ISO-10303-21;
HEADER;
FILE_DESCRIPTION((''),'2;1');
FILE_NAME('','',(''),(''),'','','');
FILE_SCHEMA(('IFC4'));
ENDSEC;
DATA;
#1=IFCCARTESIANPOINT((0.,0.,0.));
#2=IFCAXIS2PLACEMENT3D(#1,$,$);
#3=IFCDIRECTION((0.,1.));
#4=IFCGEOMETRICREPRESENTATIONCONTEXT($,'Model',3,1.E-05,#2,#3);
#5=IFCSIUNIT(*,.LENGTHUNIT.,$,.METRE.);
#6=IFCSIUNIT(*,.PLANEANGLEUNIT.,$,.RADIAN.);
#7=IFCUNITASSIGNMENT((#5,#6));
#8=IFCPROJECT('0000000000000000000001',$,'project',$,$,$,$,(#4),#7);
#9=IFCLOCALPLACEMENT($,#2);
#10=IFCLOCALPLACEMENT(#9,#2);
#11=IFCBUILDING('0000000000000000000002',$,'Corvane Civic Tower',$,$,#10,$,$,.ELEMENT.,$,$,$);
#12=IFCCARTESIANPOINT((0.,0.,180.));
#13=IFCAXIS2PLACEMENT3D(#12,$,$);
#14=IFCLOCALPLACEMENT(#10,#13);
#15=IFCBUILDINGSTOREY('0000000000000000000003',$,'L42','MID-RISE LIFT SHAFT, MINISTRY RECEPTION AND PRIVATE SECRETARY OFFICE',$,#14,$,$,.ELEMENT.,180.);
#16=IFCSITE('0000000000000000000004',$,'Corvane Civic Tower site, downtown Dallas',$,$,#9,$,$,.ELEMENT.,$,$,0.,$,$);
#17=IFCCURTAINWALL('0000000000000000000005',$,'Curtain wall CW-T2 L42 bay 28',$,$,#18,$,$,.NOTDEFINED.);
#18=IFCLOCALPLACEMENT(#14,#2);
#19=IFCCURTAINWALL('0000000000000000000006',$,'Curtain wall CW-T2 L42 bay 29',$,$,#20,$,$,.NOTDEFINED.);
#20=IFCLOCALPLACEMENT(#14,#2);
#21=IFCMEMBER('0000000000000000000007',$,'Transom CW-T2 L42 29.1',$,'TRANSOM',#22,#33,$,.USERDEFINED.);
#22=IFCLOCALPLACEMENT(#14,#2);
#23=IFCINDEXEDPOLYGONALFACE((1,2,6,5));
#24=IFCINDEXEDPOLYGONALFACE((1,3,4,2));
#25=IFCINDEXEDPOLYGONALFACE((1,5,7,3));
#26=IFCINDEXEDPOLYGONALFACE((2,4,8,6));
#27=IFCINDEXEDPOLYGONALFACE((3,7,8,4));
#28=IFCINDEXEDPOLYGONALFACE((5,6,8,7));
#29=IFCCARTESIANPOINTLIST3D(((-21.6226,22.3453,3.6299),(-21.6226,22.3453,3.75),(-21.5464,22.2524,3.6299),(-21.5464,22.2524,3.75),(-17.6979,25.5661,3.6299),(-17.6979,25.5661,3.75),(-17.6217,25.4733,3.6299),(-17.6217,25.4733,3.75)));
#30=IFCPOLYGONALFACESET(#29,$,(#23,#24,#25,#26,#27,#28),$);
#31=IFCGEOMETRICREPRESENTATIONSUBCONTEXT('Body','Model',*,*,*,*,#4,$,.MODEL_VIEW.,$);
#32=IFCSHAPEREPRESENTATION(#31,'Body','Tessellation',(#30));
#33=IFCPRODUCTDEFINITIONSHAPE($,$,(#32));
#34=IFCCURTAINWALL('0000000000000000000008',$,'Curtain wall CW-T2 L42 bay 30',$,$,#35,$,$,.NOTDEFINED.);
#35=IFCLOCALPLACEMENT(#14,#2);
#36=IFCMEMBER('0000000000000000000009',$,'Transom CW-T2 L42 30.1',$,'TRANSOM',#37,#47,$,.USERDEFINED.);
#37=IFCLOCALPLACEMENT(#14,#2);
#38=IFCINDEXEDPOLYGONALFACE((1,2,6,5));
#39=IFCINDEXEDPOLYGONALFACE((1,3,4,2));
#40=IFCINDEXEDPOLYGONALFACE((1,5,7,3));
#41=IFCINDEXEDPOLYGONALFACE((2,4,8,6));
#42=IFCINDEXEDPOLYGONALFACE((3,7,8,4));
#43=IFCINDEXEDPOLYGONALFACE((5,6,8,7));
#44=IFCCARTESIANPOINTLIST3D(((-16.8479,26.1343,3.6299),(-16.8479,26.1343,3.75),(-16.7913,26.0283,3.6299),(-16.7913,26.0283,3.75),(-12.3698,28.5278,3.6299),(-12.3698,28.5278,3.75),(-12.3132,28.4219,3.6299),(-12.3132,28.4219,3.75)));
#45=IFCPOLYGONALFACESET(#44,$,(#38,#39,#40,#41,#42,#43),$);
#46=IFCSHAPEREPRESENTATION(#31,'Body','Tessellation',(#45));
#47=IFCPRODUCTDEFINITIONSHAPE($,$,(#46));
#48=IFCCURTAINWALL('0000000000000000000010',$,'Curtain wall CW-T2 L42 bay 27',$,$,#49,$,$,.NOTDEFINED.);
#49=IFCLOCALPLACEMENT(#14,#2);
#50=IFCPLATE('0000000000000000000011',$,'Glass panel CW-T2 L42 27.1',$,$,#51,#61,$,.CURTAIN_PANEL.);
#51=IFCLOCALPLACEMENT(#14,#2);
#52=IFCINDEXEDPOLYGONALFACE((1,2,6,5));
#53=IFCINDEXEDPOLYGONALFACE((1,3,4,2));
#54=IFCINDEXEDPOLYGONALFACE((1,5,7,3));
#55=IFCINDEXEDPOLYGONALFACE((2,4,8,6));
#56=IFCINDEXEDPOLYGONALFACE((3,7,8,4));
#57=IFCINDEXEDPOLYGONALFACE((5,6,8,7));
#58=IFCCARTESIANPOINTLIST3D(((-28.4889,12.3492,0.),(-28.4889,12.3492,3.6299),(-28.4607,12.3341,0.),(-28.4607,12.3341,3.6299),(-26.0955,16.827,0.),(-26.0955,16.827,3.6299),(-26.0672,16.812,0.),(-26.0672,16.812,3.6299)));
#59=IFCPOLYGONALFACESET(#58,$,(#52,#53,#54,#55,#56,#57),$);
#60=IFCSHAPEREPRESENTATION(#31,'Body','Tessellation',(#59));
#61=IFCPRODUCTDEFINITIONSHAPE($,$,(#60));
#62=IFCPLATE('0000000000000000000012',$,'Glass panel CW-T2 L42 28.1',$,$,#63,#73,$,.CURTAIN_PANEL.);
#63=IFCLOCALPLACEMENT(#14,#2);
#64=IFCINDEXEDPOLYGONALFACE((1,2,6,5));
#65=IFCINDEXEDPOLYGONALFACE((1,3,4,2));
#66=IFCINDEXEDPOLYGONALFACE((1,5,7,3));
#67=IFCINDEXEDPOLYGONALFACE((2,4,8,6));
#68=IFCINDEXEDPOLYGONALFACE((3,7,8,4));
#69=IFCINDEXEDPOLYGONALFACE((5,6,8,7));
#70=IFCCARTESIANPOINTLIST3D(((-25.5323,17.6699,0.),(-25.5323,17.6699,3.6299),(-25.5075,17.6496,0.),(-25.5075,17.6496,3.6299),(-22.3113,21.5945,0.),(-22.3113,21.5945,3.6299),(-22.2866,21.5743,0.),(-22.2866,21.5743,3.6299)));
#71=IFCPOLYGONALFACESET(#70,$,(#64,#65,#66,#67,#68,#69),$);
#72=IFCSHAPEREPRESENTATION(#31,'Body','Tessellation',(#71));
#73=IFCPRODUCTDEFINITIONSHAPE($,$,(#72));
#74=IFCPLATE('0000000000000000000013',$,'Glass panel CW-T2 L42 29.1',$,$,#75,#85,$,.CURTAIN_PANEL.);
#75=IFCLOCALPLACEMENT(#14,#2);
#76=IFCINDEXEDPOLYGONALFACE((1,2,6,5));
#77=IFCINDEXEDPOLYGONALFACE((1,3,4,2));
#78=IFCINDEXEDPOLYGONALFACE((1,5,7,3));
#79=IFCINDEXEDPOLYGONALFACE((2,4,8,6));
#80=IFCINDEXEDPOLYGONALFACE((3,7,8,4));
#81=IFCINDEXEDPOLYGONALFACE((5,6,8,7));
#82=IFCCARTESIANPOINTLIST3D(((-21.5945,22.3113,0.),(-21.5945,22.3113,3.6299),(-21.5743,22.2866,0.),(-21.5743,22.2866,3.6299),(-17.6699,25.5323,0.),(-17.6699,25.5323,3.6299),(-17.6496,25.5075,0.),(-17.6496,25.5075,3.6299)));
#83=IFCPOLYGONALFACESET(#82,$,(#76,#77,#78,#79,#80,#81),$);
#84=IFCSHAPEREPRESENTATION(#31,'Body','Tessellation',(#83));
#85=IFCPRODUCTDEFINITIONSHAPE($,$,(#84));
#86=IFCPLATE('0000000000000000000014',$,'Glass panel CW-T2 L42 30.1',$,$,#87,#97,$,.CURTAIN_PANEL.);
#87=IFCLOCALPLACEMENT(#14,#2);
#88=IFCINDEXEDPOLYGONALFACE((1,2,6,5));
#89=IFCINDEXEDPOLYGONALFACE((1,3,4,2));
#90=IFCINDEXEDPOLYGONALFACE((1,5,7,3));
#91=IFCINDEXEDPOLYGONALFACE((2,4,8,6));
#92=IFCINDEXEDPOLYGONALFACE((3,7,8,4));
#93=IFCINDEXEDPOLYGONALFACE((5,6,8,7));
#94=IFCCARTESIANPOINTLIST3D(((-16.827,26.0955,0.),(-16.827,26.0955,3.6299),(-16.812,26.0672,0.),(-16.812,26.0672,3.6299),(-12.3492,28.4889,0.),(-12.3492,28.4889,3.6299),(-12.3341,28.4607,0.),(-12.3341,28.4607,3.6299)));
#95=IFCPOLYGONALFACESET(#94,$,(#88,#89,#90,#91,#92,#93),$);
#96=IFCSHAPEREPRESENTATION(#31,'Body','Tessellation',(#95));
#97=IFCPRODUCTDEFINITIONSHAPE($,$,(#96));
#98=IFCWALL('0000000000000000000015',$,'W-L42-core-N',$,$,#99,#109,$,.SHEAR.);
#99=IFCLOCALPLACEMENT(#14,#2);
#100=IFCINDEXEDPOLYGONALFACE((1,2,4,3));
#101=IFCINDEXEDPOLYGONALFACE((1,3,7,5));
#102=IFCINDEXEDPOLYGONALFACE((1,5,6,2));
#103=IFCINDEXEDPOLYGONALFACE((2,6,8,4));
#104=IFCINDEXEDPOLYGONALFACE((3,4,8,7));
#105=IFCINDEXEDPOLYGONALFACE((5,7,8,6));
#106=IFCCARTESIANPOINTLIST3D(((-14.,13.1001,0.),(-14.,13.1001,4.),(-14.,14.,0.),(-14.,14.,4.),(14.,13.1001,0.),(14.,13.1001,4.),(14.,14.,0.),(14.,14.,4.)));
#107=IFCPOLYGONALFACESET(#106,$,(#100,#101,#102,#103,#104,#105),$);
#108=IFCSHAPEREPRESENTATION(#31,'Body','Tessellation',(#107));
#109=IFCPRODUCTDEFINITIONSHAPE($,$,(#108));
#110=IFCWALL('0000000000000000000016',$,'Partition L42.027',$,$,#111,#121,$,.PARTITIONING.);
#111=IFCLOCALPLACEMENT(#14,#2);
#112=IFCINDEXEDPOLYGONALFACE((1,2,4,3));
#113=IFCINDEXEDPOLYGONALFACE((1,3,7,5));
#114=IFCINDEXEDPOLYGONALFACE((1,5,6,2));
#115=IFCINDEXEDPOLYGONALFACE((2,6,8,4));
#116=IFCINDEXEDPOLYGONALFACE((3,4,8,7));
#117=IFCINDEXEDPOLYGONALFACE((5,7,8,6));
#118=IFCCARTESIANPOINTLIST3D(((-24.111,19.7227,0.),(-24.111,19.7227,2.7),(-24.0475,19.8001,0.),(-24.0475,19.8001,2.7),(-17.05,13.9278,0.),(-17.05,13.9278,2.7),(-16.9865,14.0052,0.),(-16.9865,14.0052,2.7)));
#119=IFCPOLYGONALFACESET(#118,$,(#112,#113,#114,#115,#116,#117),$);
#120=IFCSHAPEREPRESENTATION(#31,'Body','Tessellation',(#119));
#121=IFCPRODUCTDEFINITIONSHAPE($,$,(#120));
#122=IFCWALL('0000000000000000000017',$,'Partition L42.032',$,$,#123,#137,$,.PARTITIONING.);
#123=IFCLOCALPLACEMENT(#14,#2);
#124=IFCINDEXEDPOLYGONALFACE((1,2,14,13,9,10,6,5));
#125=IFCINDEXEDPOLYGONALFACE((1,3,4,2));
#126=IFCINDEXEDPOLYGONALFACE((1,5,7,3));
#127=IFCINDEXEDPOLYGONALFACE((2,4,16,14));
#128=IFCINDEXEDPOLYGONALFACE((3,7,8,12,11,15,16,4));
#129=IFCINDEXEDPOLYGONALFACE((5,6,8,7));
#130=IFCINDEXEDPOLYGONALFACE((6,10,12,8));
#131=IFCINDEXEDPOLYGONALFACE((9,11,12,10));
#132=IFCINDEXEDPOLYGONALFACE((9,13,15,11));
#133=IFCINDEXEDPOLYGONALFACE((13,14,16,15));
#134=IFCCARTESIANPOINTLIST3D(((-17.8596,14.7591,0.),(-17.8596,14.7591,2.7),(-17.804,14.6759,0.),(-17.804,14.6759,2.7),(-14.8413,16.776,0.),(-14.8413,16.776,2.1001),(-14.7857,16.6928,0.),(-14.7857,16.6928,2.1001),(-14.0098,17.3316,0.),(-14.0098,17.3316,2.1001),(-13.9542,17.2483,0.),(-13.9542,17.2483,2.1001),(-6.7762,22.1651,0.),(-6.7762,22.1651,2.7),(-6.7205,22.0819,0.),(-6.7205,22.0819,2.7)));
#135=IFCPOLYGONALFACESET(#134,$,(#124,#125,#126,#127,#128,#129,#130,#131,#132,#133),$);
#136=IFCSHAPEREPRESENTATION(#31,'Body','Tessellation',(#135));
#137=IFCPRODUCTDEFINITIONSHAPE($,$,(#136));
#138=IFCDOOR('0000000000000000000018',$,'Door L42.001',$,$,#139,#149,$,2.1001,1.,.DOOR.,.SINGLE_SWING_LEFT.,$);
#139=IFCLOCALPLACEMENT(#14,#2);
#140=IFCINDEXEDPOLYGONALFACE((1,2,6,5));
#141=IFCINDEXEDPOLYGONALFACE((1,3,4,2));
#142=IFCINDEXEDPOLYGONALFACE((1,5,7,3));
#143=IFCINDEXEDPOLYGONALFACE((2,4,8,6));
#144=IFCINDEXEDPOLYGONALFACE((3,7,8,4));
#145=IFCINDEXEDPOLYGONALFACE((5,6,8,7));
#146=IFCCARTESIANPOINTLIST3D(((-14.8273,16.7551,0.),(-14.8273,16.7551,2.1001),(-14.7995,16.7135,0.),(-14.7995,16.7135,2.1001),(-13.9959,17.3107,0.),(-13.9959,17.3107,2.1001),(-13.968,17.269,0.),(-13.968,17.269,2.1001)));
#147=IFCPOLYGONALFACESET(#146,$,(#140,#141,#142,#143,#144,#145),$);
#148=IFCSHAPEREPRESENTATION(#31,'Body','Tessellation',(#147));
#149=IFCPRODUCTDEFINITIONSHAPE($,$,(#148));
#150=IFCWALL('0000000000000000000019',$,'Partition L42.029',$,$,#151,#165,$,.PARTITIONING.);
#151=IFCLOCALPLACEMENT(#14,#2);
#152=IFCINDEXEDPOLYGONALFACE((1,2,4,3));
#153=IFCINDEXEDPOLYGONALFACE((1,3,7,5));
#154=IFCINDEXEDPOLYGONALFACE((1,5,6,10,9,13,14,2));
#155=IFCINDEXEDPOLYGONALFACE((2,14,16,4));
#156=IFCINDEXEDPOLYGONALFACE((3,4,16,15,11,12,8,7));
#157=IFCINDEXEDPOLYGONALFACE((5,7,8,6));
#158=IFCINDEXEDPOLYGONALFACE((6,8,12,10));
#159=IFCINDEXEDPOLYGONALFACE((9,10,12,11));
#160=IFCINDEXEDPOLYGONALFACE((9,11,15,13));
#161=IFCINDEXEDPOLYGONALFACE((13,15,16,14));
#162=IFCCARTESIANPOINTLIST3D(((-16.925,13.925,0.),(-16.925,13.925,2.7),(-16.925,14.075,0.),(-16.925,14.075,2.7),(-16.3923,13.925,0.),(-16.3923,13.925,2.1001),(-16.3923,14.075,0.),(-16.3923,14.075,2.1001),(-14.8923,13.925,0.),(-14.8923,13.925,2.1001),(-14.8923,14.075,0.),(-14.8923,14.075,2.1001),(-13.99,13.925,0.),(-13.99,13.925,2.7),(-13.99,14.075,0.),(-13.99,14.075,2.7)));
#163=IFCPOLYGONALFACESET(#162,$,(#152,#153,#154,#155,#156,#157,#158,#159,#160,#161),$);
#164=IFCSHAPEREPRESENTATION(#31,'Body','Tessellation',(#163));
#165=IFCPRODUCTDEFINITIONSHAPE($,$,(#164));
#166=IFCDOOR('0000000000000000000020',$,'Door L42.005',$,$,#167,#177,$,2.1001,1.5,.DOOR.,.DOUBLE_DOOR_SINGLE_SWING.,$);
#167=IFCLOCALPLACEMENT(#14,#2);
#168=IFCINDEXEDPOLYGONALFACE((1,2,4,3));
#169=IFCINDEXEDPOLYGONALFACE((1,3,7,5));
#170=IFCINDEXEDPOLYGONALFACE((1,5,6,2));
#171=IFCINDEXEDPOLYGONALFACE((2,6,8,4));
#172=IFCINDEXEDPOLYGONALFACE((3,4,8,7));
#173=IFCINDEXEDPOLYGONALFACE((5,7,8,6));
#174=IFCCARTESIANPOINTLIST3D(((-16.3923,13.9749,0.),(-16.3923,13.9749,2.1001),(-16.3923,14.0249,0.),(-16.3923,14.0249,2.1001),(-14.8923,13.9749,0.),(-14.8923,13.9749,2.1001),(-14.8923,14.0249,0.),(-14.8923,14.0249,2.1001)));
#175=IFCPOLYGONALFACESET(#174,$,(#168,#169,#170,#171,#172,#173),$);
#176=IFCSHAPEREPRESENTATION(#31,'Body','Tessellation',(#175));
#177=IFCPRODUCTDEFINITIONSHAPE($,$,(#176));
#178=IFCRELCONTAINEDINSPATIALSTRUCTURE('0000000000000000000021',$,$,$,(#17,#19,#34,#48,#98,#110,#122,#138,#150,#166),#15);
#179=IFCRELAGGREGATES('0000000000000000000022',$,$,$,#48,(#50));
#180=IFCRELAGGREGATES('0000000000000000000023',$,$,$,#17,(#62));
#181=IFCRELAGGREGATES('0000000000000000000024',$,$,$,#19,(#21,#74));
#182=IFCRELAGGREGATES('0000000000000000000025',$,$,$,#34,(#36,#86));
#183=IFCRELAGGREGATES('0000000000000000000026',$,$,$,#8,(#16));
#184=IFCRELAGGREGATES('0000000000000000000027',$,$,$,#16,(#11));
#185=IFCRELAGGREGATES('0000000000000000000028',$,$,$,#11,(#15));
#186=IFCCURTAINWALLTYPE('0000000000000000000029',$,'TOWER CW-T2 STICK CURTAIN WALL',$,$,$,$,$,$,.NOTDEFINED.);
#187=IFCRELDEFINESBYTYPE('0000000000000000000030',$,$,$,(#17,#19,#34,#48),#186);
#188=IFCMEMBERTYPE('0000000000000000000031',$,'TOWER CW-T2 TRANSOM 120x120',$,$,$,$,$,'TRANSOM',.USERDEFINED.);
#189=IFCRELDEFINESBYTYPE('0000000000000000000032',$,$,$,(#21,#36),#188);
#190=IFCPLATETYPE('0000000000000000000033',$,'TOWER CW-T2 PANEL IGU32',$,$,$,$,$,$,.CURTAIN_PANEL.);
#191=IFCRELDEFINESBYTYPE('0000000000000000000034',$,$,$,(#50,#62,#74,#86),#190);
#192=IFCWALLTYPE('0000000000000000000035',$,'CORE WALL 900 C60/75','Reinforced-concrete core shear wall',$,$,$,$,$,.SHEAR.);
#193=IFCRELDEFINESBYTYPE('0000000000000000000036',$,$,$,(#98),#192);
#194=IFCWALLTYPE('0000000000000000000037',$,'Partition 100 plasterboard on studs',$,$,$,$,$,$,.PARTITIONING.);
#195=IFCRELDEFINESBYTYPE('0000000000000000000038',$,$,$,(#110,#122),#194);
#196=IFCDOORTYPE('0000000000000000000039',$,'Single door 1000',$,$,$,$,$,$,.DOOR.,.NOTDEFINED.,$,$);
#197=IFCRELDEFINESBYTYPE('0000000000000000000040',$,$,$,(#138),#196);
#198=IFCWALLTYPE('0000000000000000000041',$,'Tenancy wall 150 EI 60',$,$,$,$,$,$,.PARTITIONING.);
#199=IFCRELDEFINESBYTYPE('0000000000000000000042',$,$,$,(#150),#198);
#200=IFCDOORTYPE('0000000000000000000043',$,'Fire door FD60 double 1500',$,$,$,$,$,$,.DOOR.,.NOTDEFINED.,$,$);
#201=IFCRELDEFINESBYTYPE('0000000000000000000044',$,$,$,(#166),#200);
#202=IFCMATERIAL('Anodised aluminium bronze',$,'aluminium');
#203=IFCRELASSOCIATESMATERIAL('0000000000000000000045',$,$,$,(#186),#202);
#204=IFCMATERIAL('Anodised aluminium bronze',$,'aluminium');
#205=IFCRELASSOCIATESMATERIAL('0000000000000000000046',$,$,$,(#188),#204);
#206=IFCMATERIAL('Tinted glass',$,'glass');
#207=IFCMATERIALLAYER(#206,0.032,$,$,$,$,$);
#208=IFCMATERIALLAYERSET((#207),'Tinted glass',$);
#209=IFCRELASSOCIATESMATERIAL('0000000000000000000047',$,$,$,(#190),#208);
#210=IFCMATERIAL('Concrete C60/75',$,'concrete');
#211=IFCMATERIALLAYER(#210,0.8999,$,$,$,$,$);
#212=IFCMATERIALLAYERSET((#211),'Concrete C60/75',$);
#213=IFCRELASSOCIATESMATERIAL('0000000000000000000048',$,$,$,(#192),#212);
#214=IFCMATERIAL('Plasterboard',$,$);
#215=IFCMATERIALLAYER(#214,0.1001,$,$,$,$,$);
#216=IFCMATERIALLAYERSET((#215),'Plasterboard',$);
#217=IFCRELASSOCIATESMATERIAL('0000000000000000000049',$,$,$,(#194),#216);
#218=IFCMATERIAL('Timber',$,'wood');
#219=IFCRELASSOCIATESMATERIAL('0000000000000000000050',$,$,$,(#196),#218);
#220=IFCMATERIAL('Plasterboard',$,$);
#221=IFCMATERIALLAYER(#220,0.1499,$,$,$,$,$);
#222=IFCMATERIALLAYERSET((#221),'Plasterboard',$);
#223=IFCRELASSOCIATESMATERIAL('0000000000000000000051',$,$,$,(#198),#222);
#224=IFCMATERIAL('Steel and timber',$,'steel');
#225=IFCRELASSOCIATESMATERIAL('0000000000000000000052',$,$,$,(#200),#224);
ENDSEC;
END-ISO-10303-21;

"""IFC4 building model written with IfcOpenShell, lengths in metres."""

from ifc_helpers import new_model, si_unit, direction, frame, frame_2d, origin, origin_2d, place, context, subcontext, project, spatial, rectangle, extrude, material, layer, layer_set, material_profile, profile_set, type_object, element, fill, aggregate, save


model = new_model("IFC4")

# Units and contexts
model_context = context("Model", 3, precision=1e-05, world=origin(), true_north=direction((0.0, 1.0)))
body_context = subcontext(model_context, "Body", "Model", "MODEL_VIEW")
ifc_project = project(units=[si_unit("LENGTHUNIT", "METRE"), si_unit("PLANEANGLEUNIT", "RADIAN")], contexts=[model_context])

# Site, building, storey
site_placement = place(None, origin())
site = spatial("IfcSite", under=ifc_project, at=site_placement, Name="Corvane Civic Tower site, downtown Dallas", CompositionType="ELEMENT", RefElevation=0.0)
building_placement = place(site_placement, origin())
building = spatial("IfcBuilding", under=site, at=building_placement, Name="Corvane Civic Tower", CompositionType="ELEMENT")
storey_placement = place(building_placement, frame((0.0, 0.0, 180.0)))
storey = spatial("IfcBuildingStorey", under=building, at=storey_placement, Name="L42", Description="MID-RISE LIFT SHAFT, MINISTRY RECEPTION AND PRIVATE SECRETARY OFFICE", CompositionType="ELEMENT", Elevation=180.0)

# Curtain walls, members
ifc_material_1 = material(Name="Anodised aluminium bronze", Category="aluminium")
curtain_wall_type = type_object("IfcCurtainWallType", Name="TOWER CW-T2 STICK CURTAIN WALL", PredefinedType="NOTDEFINED", material=ifc_material_1)
curtain_wall_1_placement = place(storey_placement, origin())
curtain_wall_1 = element("IfcCurtainWall", 1, at=curtain_wall_1_placement, inside=storey, type_object=curtain_wall_type, Name="Curtain wall CW-T2 L42 bay 28", PredefinedType="NOTDEFINED")
ifc_material_2 = material(Name="Anodised aluminium bronze", Category="aluminium")
ifc_material_profile_1 = material_profile(ifc_material_2, rectangle(XDim=0.1201, YDim=0.1201, at=origin_2d()), Name="TOWER CW-T2 TRANSOM 120x120")
ifc_profile_set_1 = profile_set([ifc_material_profile_1], Name="Anodised aluminium bronze")
member_type = type_object("IfcMemberType", Name="TOWER CW-T2 TRANSOM 120x120", ElementType="TRANSOM", PredefinedType="USERDEFINED", material=ifc_profile_set_1)
curtain_wall_2_placement = place(storey_placement, origin())
curtain_wall_2 = element("IfcCurtainWall", 2, at=curtain_wall_2_placement, inside=storey, type_object=curtain_wall_type, Name="Curtain wall CW-T2 L42 bay 29", PredefinedType="NOTDEFINED")
member_1_placement = place(storey_placement, frame((-21.5845, 22.2988, 3.6899), z_axis=(0.773016, 0.634387, 0.0), x_axis=(-0.634387, 0.773016, 0.0)))
member_1 = element("IfcMember", 3, at=member_1_placement, type_object=member_type, Name="Transom CW-T2 L42 29.1", ObjectType="TRANSOM", PredefinedType="USERDEFINED", context=body_context, shape_type="SweptSolid", body=[
    extrude(rectangle(XDim=0.1201, YDim=0.1201, at=origin_2d()), origin(), (0.0, 0.0, 1.0), 5.0771),
])
curtain_wall_3_placement = place(storey_placement, origin())
curtain_wall_3 = element("IfcCurtainWall", 4, at=curtain_wall_3_placement, inside=storey, type_object=curtain_wall_type, Name="Curtain wall CW-T2 L42 bay 30", PredefinedType="NOTDEFINED")
member_2_placement = place(storey_placement, frame((-16.8196, 26.0813, 3.6899), z_axis=(0.881921, 0.471397, 0.0), x_axis=(-0.471397, 0.881921, 0.0)))
member_2 = element("IfcMember", 5, at=member_2_placement, type_object=member_type, Name="Transom CW-T2 L42 30.1", ObjectType="TRANSOM", PredefinedType="USERDEFINED", context=body_context, shape_type="SweptSolid", body=[
    extrude(rectangle(XDim=0.1201, YDim=0.1201, at=origin_2d()), origin(), (0.0, 0.0, 1.0), 5.0776),
])

# Curtain wall, plate
curtain_wall_4_placement = place(storey_placement, origin())
curtain_wall_4 = element("IfcCurtainWall", 6, at=curtain_wall_4_placement, inside=storey, type_object=curtain_wall_type, Name="Curtain wall CW-T2 L42 bay 27", PredefinedType="NOTDEFINED")
ifc_material_3 = material(Name="Tinted glass", Category="glass")
ifc_layer_1 = layer(ifc_material_3, 0.032)
ifc_layer_set_1 = layer_set([ifc_layer_1], Name="Tinted glass")
plate_type = type_object("IfcPlateType", Name="TOWER CW-T2 PANEL IGU32", PredefinedType="CURTAIN_PANEL", material=ifc_layer_set_1)
plate_1_placement = place(storey_placement, frame((-27.2781, 14.5806, 0.0), z_axis=(0.0, 0.0, 1.0), x_axis=(0.471395, 0.881922, 0.0)))
plate_1 = element("IfcPlate", 7, at=plate_1_placement, type_object=plate_type, Name="Glass panel CW-T2 L42 27.1", PredefinedType="CURTAIN_PANEL", context=body_context, shape_type="SweptSolid", body=[
    extrude(rectangle(XDim=5.0774, YDim=0.032, at=origin_2d()), origin(), (0.0, 0.0, 1.0), 3.6299),
])
aggregate(curtain_wall_4, [plate_1])

# Plates
plate_2_placement = place(storey_placement, frame((-23.9094, 19.6221, 0.0), z_axis=(0.0, 0.0, 1.0), x_axis=(0.6344, 0.773005, 0.0)))
plate_2 = element("IfcPlate", 8, at=plate_2_placement, type_object=plate_type, Name="Glass panel CW-T2 L42 28.1", PredefinedType="CURTAIN_PANEL", context=body_context, shape_type="SweptSolid", body=[
    extrude(rectangle(XDim=5.0771, YDim=0.032, at=origin_2d()), origin(), (0.0, 0.0, 1.0), 3.6299),
])
aggregate(curtain_wall_1, [plate_2])
plate_3_placement = place(storey_placement, frame((-19.6221, 23.9094, 0.0), z_axis=(0.0, 0.0, 1.0), x_axis=(0.773005, 0.6344, 0.0)))
plate_3 = element("IfcPlate", 9, at=plate_3_placement, type_object=plate_type, Name="Glass panel CW-T2 L42 29.1", PredefinedType="CURTAIN_PANEL", context=body_context, shape_type="SweptSolid", body=[
    extrude(rectangle(XDim=5.0771, YDim=0.032, at=origin_2d()), origin(), (0.0, 0.0, 1.0), 3.6299),
])
aggregate(curtain_wall_2, [member_1, plate_3])
plate_4_placement = place(storey_placement, frame((-14.5806, 27.2781, 0.0), z_axis=(0.0, 0.0, 1.0), x_axis=(0.881922, 0.471395, 0.0)))
plate_4 = element("IfcPlate", 10, at=plate_4_placement, type_object=plate_type, Name="Glass panel CW-T2 L42 30.1", PredefinedType="CURTAIN_PANEL", context=body_context, shape_type="SweptSolid", body=[
    extrude(rectangle(XDim=5.0774, YDim=0.032, at=origin_2d()), origin(), (0.0, 0.0, 1.0), 3.6299),
])
aggregate(curtain_wall_3, [member_2, plate_4])

# Walls
ifc_material_4 = material(Name="Concrete C60/75", Category="concrete")
ifc_layer_2 = layer(ifc_material_4, 0.8999)
ifc_layer_set_2 = layer_set([ifc_layer_2], Name="Concrete C60/75")
wall_type_1 = type_object("IfcWallType", Name="CORE WALL 900 C60/75", Description="Reinforced-concrete core shear wall", PredefinedType="SHEAR", material=ifc_layer_set_2)
wall_1_placement = place(storey_placement, frame((-14.0, 13.55, 0.0), z_axis=(0.0, 0.0, 1.0), x_axis=(1.0, 0.0, 0.0)))
element("IfcWall", 11, at=wall_1_placement, inside=storey, type_object=wall_type_1, Name="W-L42-core-N", PredefinedType="SHEAR", context=body_context, shape_type="SweptSolid", body=[
    extrude(rectangle(XDim=28.0, YDim=0.8999, at=frame_2d((14.0, 0.0))), origin(), (0.0, 0.0, 1.0), 4.0),
])
ifc_material_5 = material(Name="Plasterboard")
ifc_layer_3 = layer(ifc_material_5, 0.1001)
ifc_layer_set_3 = layer_set([ifc_layer_3], Name="Plasterboard")
wall_type_2 = type_object("IfcWallType", Name="Partition 100 plasterboard on studs", PredefinedType="PARTITIONING", material=ifc_layer_set_3)
wall_2_placement = place(storey_placement, frame((-24.0793, 19.7615, 0.0), z_axis=(0.0, 0.0, 1.0), x_axis=(0.773006, -0.634399, 0.0)))
element("IfcWall", 12, at=wall_2_placement, inside=storey, type_object=wall_type_2, Name="Partition L42.027", PredefinedType="PARTITIONING", context=body_context, shape_type="SweptSolid", body=[
    extrude(rectangle(XDim=9.1345, YDim=0.1001, at=frame_2d((4.5674, 0.0))), origin(), (0.0, 0.0, 1.0), 2.7),
])

# Walls, openings, doors
wall_3_placement = place(storey_placement, frame((-17.8318, 14.7175, 0.0), z_axis=(0.0, 0.0, 1.0), x_axis=(0.831461, 0.555583, 0.0)))
wall_3 = element("IfcWall", 13, at=wall_3_placement, inside=storey, type_object=wall_type_2, Name="Partition L42.032", PredefinedType="PARTITIONING", context=body_context, shape_type="SweptSolid", body=[
    extrude(rectangle(XDim=13.3301, YDim=0.1001, at=frame_2d((6.665, 0.0))), origin(), (0.0, 0.0, 1.0), 2.7),
])
opening_1_placement = place(wall_3_placement, frame((3.6301, 0.0, 0.0)))
opening_1 = element("IfcOpeningElement", 14, at=opening_1_placement, cuts=wall_3, PredefinedType="OPENING", context=body_context, shape_type="SweptSolid", body=[
    extrude(rectangle(XDim=1.0, YDim=2.1001, at=frame_2d((0.5, 1.05))), frame((0.0, 0.0601, 0.0), z_axis=(0.0, -1.0, 0.0), x_axis=(1.0, 0.0, 0.0)), (0.0, 0.0, 1.0), 0.1201),
])
ifc_material_6 = material(Name="Timber", Category="wood")
door_type_1 = type_object("IfcDoorType", Name="Single door 1000", OperationType="NOTDEFINED", PredefinedType="DOOR", material=ifc_material_6)
door_1_placement = place(opening_1_placement, origin())
door_1 = element("IfcDoor", 15, at=door_1_placement, inside=storey, type_object=door_type_1, Name="Door L42.001", OperationType="SINGLE_SWING_LEFT", OverallHeight=2.1001, OverallWidth=1.0, PredefinedType="DOOR", context=body_context, shape_type="SweptSolid", body=[
    extrude(rectangle(XDim=1.0, YDim=2.1001, at=frame_2d((0.5, 1.05))), frame((0.0, 0.0249, 0.0), z_axis=(0.0, -1.0, 0.0), x_axis=(1.0, 0.0, 0.0)), (0.0, 0.0, 1.0), 0.05),
])
fill(opening_1, door_1)
ifc_material_7 = material(Name="Plasterboard")
ifc_layer_4 = layer(ifc_material_7, 0.1499)
ifc_layer_set_4 = layer_set([ifc_layer_4], Name="Plasterboard")
wall_type_3 = type_object("IfcWallType", Name="Tenancy wall 150 EI 60", PredefinedType="PARTITIONING", material=ifc_layer_set_4)
wall_4_placement = place(storey_placement, frame((-16.925, 14.0, 0.0), z_axis=(0.0, 0.0, 1.0), x_axis=(1.0, 0.0, 0.0)))
wall_4 = element("IfcWall", 16, at=wall_4_placement, inside=storey, type_object=wall_type_3, Name="Partition L42.029", PredefinedType="PARTITIONING", context=body_context, shape_type="SweptSolid", body=[
    extrude(rectangle(XDim=2.9351, YDim=0.1499, at=frame_2d((1.4675, 0.0))), origin(), (0.0, 0.0, 1.0), 2.7),
])
opening_2_placement = place(wall_4_placement, frame((0.5327, 0.0, 0.0)))
opening_2 = element("IfcOpeningElement", 17, at=opening_2_placement, cuts=wall_4, PredefinedType="OPENING", context=body_context, shape_type="SweptSolid", body=[
    extrude(rectangle(XDim=1.5, YDim=2.1001, at=frame_2d((0.75, 1.05))), frame((0.0, 0.085, 0.0), z_axis=(0.0, -1.0, 0.0), x_axis=(1.0, 0.0, 0.0)), (0.0, 0.0, 1.0), 0.1699),
])
ifc_material_8 = material(Name="Steel and timber", Category="steel")
door_type_2 = type_object("IfcDoorType", Name="Fire door FD60 double 1500", OperationType="NOTDEFINED", PredefinedType="DOOR", material=ifc_material_8)
door_2_placement = place(opening_2_placement, origin())
door_2 = element("IfcDoor", 18, at=door_2_placement, inside=storey, type_object=door_type_2, Name="Door L42.005", OperationType="DOUBLE_DOOR_SINGLE_SWING", OverallHeight=2.1001, OverallWidth=1.5, PredefinedType="DOOR", context=body_context, shape_type="SweptSolid", body=[
    extrude(rectangle(XDim=1.5, YDim=2.1001, at=frame_2d((0.75, 1.05))), frame((0.0, 0.0249, 0.0), z_axis=(0.0, -1.0, 0.0), x_axis=(1.0, 0.0, 0.0)), (0.0, 0.0, 1.0), 0.05),
])
fill(opening_2, door_2)

save(model, "model.ifc")
